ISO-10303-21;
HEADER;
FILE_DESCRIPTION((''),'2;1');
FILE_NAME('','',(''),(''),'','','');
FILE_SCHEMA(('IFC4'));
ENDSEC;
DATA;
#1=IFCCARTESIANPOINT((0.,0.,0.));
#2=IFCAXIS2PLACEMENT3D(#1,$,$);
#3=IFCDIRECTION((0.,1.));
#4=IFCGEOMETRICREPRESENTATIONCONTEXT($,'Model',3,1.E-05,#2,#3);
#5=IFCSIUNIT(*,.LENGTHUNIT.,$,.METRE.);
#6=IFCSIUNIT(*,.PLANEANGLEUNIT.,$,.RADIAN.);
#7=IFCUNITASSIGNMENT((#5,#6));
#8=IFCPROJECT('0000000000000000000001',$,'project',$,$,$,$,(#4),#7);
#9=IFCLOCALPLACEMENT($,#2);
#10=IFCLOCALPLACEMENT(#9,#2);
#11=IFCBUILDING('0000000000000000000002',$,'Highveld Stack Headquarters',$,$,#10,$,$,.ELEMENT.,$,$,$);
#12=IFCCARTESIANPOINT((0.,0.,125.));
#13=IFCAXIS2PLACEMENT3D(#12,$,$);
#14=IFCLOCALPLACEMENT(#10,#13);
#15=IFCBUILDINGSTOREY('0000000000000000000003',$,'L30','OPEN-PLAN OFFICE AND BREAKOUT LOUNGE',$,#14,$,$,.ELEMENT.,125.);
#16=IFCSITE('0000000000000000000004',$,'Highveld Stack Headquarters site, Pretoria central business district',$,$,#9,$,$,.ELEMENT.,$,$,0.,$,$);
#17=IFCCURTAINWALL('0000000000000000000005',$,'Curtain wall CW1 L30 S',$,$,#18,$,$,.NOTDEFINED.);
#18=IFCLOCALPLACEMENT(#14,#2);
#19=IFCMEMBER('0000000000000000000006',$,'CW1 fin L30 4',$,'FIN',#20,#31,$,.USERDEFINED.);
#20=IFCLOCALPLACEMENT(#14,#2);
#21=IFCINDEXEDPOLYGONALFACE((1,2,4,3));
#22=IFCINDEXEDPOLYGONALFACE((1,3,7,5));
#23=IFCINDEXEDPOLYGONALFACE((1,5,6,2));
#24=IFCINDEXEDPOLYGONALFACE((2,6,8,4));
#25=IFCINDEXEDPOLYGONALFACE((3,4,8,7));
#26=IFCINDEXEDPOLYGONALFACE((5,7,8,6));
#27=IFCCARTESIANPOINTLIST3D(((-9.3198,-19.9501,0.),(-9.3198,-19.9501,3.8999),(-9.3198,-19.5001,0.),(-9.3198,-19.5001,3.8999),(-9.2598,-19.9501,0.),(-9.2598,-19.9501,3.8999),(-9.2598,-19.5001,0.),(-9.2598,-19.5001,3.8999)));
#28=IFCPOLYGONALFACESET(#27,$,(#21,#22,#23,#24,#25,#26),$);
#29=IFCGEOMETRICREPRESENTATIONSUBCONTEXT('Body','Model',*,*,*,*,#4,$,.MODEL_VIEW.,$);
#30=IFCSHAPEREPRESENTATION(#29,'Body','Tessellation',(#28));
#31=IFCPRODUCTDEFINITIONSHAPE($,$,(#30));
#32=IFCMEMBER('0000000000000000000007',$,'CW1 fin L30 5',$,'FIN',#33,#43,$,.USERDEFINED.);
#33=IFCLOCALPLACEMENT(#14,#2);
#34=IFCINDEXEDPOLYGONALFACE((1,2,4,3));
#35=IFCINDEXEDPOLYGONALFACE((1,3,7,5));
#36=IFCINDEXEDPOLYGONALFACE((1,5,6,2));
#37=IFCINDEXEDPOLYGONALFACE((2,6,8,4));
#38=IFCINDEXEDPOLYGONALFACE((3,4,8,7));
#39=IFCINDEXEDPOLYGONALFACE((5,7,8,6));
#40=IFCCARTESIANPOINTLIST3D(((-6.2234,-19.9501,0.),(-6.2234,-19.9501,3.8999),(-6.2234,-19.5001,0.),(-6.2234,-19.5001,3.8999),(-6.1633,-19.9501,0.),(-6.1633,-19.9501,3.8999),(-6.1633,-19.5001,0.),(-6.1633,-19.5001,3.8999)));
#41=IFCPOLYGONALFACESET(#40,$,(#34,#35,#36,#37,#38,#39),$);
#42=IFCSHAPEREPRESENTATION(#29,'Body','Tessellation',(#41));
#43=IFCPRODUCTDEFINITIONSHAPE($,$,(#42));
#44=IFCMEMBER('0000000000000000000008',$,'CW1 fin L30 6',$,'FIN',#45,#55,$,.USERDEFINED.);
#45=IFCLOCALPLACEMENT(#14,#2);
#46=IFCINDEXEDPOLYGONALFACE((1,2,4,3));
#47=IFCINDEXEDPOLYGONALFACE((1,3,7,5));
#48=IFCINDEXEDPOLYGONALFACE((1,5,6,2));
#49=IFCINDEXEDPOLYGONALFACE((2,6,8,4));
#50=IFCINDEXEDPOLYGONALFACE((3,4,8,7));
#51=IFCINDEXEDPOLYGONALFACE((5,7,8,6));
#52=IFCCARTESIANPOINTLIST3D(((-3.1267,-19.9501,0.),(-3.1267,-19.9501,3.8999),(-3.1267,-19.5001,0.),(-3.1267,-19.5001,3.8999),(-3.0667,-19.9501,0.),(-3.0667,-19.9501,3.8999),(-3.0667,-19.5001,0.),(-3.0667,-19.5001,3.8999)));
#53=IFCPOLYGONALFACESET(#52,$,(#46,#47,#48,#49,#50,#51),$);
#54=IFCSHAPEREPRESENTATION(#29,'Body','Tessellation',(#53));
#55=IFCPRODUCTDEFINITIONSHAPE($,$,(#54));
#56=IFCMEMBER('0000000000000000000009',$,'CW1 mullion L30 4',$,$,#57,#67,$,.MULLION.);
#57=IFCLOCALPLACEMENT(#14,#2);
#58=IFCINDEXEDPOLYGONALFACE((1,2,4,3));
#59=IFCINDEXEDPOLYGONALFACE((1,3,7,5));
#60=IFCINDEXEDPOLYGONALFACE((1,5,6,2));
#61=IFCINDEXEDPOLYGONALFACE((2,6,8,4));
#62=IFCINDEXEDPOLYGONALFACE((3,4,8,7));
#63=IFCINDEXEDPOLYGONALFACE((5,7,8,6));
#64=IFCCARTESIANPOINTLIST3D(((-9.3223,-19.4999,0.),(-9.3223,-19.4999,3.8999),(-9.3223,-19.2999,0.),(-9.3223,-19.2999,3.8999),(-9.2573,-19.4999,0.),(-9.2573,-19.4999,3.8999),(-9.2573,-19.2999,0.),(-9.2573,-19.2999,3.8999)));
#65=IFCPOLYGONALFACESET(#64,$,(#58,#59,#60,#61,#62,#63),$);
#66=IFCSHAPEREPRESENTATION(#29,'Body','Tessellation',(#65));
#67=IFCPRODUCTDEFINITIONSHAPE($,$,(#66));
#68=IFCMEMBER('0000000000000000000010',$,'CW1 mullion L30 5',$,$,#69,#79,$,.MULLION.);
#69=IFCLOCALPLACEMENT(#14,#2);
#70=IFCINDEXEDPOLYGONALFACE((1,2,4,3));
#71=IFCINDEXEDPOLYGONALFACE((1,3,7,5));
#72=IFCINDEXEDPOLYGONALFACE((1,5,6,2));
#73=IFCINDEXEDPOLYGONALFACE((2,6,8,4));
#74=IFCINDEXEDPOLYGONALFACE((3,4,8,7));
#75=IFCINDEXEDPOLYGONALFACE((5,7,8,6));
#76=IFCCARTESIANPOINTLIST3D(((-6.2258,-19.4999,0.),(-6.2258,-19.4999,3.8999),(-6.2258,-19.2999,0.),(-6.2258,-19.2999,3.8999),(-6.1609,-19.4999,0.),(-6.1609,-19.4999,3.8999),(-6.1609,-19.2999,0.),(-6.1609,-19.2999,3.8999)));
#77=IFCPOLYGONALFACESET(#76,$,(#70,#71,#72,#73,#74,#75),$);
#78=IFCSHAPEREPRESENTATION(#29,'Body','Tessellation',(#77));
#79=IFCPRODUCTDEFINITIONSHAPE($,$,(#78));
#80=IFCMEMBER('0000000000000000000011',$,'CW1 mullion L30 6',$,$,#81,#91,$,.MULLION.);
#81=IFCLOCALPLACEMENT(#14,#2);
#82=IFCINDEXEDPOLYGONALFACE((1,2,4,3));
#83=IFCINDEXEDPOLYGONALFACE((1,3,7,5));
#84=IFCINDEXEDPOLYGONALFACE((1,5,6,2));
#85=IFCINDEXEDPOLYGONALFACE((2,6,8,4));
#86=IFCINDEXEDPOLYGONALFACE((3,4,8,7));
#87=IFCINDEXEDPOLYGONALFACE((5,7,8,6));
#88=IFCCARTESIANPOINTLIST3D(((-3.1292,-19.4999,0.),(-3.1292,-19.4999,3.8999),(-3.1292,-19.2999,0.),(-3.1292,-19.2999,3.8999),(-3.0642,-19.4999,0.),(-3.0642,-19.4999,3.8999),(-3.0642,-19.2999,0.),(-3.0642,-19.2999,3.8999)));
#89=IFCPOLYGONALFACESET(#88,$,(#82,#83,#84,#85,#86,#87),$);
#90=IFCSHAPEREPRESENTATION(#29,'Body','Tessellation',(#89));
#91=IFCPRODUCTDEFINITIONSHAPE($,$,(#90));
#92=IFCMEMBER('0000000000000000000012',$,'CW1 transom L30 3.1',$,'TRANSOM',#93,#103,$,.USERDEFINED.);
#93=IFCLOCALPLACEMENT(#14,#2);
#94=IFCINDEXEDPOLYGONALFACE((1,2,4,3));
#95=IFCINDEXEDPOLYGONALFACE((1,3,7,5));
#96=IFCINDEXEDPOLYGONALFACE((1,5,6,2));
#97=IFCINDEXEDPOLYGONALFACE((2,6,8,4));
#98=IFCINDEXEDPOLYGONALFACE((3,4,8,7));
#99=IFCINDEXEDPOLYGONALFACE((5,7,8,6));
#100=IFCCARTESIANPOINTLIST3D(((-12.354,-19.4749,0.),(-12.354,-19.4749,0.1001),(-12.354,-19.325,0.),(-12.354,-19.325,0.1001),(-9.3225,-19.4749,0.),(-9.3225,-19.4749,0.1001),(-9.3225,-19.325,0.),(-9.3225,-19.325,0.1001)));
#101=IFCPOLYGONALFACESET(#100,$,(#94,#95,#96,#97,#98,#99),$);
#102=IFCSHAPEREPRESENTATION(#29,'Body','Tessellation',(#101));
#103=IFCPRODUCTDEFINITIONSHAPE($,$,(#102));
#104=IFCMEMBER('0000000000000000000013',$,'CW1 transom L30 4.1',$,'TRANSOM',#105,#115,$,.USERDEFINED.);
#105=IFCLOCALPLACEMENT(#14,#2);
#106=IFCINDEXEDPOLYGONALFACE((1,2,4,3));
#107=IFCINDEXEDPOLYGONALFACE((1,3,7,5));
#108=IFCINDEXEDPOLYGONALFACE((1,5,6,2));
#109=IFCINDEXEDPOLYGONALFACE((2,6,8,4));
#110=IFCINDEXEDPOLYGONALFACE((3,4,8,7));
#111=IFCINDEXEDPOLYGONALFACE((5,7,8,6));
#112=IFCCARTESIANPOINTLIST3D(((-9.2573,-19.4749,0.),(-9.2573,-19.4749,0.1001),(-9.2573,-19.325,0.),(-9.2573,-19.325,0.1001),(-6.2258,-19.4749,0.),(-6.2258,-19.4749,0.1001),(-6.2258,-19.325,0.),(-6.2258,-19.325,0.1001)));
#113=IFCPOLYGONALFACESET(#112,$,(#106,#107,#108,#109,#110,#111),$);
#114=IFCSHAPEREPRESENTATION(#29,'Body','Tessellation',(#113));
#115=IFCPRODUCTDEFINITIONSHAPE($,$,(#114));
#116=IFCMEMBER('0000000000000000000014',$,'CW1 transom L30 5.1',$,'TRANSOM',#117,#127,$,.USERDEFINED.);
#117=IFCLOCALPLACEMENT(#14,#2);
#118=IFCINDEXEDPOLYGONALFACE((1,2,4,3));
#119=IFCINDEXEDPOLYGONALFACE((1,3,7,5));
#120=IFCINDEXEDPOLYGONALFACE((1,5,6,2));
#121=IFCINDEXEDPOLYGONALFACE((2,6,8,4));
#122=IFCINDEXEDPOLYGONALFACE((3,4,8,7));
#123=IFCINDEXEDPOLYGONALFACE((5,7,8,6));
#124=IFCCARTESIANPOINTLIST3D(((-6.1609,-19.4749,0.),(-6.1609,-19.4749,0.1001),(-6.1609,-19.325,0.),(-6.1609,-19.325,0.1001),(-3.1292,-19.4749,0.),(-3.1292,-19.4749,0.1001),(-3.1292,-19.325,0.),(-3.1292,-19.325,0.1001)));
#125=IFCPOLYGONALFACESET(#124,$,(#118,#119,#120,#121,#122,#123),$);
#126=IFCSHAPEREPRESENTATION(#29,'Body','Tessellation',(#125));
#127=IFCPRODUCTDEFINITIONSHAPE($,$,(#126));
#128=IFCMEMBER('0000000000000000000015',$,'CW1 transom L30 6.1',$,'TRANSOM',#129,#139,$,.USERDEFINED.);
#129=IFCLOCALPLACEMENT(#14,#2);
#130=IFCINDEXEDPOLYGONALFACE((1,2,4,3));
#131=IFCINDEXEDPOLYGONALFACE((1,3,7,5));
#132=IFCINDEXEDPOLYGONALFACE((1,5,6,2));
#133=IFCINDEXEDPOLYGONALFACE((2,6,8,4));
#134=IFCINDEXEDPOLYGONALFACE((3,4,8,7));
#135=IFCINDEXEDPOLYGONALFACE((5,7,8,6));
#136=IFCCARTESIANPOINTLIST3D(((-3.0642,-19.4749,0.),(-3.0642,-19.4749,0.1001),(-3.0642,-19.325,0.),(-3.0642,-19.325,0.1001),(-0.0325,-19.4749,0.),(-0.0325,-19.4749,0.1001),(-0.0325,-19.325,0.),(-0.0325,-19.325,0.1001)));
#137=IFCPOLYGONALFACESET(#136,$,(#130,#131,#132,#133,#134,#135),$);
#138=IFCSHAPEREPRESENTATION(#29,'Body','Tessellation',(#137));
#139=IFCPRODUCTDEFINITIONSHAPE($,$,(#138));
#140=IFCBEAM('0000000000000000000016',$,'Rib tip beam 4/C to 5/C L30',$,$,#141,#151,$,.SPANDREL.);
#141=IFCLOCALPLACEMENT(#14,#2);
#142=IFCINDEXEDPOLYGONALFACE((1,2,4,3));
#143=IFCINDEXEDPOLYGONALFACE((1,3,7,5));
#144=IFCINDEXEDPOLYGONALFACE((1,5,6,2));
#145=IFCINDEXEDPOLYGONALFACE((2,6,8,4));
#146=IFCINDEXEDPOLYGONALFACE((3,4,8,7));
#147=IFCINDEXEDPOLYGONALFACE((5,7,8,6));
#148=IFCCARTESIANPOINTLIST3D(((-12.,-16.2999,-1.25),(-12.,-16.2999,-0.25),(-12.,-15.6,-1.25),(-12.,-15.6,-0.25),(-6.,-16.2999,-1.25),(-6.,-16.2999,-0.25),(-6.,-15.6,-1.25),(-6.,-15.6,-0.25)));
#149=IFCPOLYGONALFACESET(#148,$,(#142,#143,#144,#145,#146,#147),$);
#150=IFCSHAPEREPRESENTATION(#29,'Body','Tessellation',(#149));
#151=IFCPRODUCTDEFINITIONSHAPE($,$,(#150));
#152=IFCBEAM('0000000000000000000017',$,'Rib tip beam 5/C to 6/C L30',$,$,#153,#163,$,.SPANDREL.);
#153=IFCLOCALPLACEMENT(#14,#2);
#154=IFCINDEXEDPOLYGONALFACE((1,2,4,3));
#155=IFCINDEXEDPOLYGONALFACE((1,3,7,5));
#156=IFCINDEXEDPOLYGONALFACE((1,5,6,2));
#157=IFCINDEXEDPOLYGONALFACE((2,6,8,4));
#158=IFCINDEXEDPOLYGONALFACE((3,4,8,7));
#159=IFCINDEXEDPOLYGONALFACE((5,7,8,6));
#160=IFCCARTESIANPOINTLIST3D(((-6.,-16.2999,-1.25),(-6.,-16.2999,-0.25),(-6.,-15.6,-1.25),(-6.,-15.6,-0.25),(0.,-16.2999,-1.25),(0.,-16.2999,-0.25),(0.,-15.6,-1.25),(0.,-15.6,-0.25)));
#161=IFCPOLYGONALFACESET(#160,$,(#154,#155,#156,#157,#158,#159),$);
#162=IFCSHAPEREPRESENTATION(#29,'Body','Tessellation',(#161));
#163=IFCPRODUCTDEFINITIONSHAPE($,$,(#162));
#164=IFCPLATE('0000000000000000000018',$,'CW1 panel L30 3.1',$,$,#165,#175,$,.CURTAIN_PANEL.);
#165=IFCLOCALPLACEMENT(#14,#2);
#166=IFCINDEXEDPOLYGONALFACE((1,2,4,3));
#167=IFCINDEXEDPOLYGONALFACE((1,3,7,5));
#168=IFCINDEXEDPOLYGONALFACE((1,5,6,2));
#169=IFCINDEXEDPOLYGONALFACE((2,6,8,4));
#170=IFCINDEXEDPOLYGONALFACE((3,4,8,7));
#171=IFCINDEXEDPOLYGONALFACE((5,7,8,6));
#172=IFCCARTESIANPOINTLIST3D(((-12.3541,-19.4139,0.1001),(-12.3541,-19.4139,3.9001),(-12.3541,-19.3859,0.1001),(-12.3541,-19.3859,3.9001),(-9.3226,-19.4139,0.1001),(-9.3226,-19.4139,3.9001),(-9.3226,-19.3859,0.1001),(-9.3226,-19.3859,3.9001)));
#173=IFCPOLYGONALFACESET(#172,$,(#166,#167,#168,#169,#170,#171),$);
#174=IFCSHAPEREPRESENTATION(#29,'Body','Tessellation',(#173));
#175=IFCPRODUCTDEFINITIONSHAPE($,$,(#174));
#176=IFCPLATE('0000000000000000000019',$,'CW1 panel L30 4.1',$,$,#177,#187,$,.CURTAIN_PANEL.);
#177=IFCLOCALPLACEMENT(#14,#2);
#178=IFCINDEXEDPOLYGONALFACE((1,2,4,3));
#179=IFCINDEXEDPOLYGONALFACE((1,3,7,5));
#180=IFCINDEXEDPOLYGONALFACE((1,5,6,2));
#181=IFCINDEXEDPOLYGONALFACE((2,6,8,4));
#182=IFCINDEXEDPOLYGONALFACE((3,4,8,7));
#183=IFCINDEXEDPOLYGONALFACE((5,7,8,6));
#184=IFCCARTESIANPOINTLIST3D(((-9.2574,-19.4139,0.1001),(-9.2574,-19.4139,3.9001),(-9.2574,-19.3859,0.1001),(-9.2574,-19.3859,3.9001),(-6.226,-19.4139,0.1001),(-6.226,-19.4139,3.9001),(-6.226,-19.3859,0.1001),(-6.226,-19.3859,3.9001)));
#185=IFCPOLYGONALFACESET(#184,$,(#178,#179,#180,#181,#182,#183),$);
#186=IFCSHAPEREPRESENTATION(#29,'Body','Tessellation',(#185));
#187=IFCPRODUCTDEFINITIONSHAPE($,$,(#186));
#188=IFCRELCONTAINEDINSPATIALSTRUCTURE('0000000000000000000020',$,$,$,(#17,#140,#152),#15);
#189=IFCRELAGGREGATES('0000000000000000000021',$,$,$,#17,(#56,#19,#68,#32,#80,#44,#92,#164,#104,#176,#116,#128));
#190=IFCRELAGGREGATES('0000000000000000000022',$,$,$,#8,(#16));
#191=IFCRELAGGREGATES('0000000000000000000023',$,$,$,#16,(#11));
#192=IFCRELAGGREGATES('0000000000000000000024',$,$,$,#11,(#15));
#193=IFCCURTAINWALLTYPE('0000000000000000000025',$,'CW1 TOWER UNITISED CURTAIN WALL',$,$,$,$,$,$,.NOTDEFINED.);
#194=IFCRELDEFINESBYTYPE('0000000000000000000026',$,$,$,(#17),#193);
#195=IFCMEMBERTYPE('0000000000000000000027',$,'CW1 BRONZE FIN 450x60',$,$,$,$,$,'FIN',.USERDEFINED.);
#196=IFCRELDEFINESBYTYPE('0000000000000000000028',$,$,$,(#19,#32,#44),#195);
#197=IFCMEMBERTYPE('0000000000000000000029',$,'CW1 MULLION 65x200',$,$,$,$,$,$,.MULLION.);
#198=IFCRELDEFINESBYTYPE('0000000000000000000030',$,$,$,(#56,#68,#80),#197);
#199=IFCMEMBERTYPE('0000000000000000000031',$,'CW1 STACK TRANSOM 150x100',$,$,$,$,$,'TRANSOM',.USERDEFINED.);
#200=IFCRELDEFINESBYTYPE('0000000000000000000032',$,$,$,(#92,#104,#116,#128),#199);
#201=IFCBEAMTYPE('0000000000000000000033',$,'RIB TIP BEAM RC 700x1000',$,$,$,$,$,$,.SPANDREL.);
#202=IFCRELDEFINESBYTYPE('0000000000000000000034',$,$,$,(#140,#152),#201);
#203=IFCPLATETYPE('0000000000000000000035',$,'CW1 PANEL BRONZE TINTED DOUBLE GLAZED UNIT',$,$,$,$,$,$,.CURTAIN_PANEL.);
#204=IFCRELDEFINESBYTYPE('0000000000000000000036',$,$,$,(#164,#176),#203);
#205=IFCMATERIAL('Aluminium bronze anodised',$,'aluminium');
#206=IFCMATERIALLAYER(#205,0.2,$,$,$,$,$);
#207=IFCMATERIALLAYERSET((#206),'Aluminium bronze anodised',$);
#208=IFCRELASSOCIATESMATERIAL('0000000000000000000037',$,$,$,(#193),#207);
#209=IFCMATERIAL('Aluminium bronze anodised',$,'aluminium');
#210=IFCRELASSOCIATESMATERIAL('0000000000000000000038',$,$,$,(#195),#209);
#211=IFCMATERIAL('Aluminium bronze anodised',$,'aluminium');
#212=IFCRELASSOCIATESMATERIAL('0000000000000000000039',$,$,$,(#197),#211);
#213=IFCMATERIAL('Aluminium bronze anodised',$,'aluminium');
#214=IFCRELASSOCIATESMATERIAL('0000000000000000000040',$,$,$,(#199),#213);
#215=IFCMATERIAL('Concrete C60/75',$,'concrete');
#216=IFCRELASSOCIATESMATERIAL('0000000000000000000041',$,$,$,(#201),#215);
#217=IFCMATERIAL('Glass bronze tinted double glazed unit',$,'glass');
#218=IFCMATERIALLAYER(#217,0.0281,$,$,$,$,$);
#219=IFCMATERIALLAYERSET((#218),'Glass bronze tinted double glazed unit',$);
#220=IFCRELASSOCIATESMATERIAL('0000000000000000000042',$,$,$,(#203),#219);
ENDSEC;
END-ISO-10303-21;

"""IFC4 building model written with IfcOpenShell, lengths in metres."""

from ifc_helpers import new_model, si_unit, direction, frame, origin, origin_2d, place, context, subcontext, project, spatial, rectangle, extrude, material, layer, layer_set, material_profile, profile_set, type_object, element, aggregate, save


model = new_model("IFC4")

# Units and contexts
model_context = context("Model", 3, precision=1e-05, world=origin(), true_north=direction((0.0, 1.0)))
body_context = subcontext(model_context, "Body", "Model", "MODEL_VIEW")
ifc_project = project(units=[si_unit("LENGTHUNIT", "METRE"), si_unit("PLANEANGLEUNIT", "RADIAN")], contexts=[model_context])

# Site, building, storey
site_placement = place(None, origin())
site = spatial("IfcSite", under=ifc_project, at=site_placement, Name="Highveld Stack Headquarters site, Pretoria central business district", CompositionType="ELEMENT", RefElevation=0.0)
building_placement = place(site_placement, origin())
building = spatial("IfcBuilding", under=site, at=building_placement, Name="Highveld Stack Headquarters", CompositionType="ELEMENT")
storey_placement = place(building_placement, frame((0.0, 0.0, 125.0)))
storey = spatial("IfcBuildingStorey", under=building, at=storey_placement, Name="L30", Description="OPEN-PLAN OFFICE AND BREAKOUT LOUNGE", CompositionType="ELEMENT", Elevation=125.0)

# Curtain wall, members
ifc_material_1 = material(Name="Aluminium bronze anodised", Category="aluminium")
ifc_layer_1 = layer(ifc_material_1, 0.2)
ifc_layer_set_1 = layer_set([ifc_layer_1], Name="Aluminium bronze anodised")
curtain_wall_type = type_object("IfcCurtainWallType", Name="CW1 TOWER UNITISED CURTAIN WALL", PredefinedType="NOTDEFINED", material=ifc_layer_set_1)
curtain_wall_placement = place(storey_placement, origin())
curtain_wall = element("IfcCurtainWall", 1, at=curtain_wall_placement, inside=storey, type_object=curtain_wall_type, Name="Curtain wall CW1 L30 S", PredefinedType="NOTDEFINED")
ifc_material_2 = material(Name="Aluminium bronze anodised", Category="aluminium")
ifc_material_profile_1 = material_profile(ifc_material_2, rectangle(XDim=0.45, YDim=0.0601, at=origin_2d()), Name="FIN 450x60")
ifc_profile_set_1 = profile_set([ifc_material_profile_1], Name="Aluminium bronze anodised")
member_type_1 = type_object("IfcMemberType", Name="CW1 BRONZE FIN 450x60", ElementType="FIN", PredefinedType="USERDEFINED", material=ifc_profile_set_1)
member_1_placement = place(storey_placement, frame((-9.2898, -19.7251, 0.0), z_axis=(0.0, 0.0, 1.0), x_axis=(0.0, 1.0, 0.0)))
member_1 = element("IfcMember", 2, at=member_1_placement, type_object=member_type_1, Name="CW1 fin L30 4", ObjectType="FIN", PredefinedType="USERDEFINED", context=body_context, shape_type="SweptSolid", body=[
    extrude(rectangle(XDim=0.45, YDim=0.0601, at=origin_2d()), origin(), (0.0, 0.0, 1.0), 3.8999),
])
member_2_placement = place(storey_placement, frame((-6.1934, -19.7251, 0.0), z_axis=(0.0, 0.0, 1.0), x_axis=(0.0, 1.0, 0.0)))
member_2 = element("IfcMember", 3, at=member_2_placement, type_object=member_type_1, Name="CW1 fin L30 5", ObjectType="FIN", PredefinedType="USERDEFINED", context=body_context, shape_type="SweptSolid", body=[
    extrude(rectangle(XDim=0.45, YDim=0.0601, at=origin_2d()), origin(), (0.0, 0.0, 1.0), 3.8999),
])
member_3_placement = place(storey_placement, frame((-3.0967, -19.7251, 0.0), z_axis=(0.0, 0.0, 1.0), x_axis=(0.0, 1.0, 0.0)))
member_3 = element("IfcMember", 4, at=member_3_placement, type_object=member_type_1, Name="CW1 fin L30 6", ObjectType="FIN", PredefinedType="USERDEFINED", context=body_context, shape_type="SweptSolid", body=[
    extrude(rectangle(XDim=0.45, YDim=0.0601, at=origin_2d()), origin(), (0.0, 0.0, 1.0), 3.8999),
])
ifc_material_3 = material(Name="Aluminium bronze anodised", Category="aluminium")
ifc_material_profile_2 = material_profile(ifc_material_3, rectangle(XDim=0.2, YDim=0.0649, at=origin_2d()), Name="CW1 MULLION 65x200")
ifc_profile_set_2 = profile_set([ifc_material_profile_2], Name="Aluminium bronze anodised")
member_type_2 = type_object("IfcMemberType", Name="CW1 MULLION 65x200", PredefinedType="MULLION", material=ifc_profile_set_2)
member_4_placement = place(storey_placement, frame((-9.2898, -19.3999, 0.0), z_axis=(0.0, 0.0, 1.0), x_axis=(0.0, 1.0, 0.0)))
member_4 = element("IfcMember", 5, at=member_4_placement, type_object=member_type_2, Name="CW1 mullion L30 4", PredefinedType="MULLION", context=body_context, shape_type="SweptSolid", body=[
    extrude(rectangle(XDim=0.2, YDim=0.0649, at=origin_2d()), origin(), (0.0, 0.0, 1.0), 3.8999),
])
member_5_placement = place(storey_placement, frame((-6.1934, -19.3999, 0.0), z_axis=(0.0, 0.0, 1.0), x_axis=(0.0, 1.0, 0.0)))
member_5 = element("IfcMember", 6, at=member_5_placement, type_object=member_type_2, Name="CW1 mullion L30 5", PredefinedType="MULLION", context=body_context, shape_type="SweptSolid", body=[
    extrude(rectangle(XDim=0.2, YDim=0.0649, at=origin_2d()), origin(), (0.0, 0.0, 1.0), 3.8999),
])
member_6_placement = place(storey_placement, frame((-3.0967, -19.3999, 0.0), z_axis=(0.0, 0.0, 1.0), x_axis=(0.0, 1.0, 0.0)))
member_6 = element("IfcMember", 7, at=member_6_placement, type_object=member_type_2, Name="CW1 mullion L30 6", PredefinedType="MULLION", context=body_context, shape_type="SweptSolid", body=[
    extrude(rectangle(XDim=0.2, YDim=0.0649, at=origin_2d()), origin(), (0.0, 0.0, 1.0), 3.8999),
])
ifc_material_4 = material(Name="Aluminium bronze anodised", Category="aluminium")
ifc_material_profile_3 = material_profile(ifc_material_4, rectangle(XDim=0.1499, YDim=0.1001, at=origin_2d()), Name="CW1 TRANSOM 150x100")
ifc_profile_set_3 = profile_set([ifc_material_profile_3], Name="Aluminium bronze anodised")
member_type_3 = type_object("IfcMemberType", Name="CW1 STACK TRANSOM 150x100", ElementType="TRANSOM", PredefinedType="USERDEFINED", material=ifc_profile_set_3)
member_7_placement = place(storey_placement, frame((-12.354, -19.3999, 0.05), z_axis=(1.0, 0.0, 0.0), x_axis=(0.0, 1.0, 0.0)))
member_7 = element("IfcMember", 8, at=member_7_placement, type_object=member_type_3, Name="CW1 transom L30 3.1", ObjectType="TRANSOM", PredefinedType="USERDEFINED", context=body_context, shape_type="SweptSolid", body=[
    extrude(rectangle(XDim=0.1499, YDim=0.1001, at=origin_2d()), origin(), (0.0, 0.0, 1.0), 3.0315),
])
member_8_placement = place(storey_placement, frame((-9.2573, -19.3999, 0.05), z_axis=(1.0, 0.0, 0.0), x_axis=(0.0, 1.0, 0.0)))
member_8 = element("IfcMember", 9, at=member_8_placement, type_object=member_type_3, Name="CW1 transom L30 4.1", ObjectType="TRANSOM", PredefinedType="USERDEFINED", context=body_context, shape_type="SweptSolid", body=[
    extrude(rectangle(XDim=0.1499, YDim=0.1001, at=origin_2d()), origin(), (0.0, 0.0, 1.0), 3.0315),
])
member_9_placement = place(storey_placement, frame((-6.1609, -19.3999, 0.05), z_axis=(1.0, 0.0, 0.0), x_axis=(0.0, 1.0, 0.0)))
member_9 = element("IfcMember", 10, at=member_9_placement, type_object=member_type_3, Name="CW1 transom L30 5.1", ObjectType="TRANSOM", PredefinedType="USERDEFINED", context=body_context, shape_type="SweptSolid", body=[
    extrude(rectangle(XDim=0.1499, YDim=0.1001, at=origin_2d()), origin(), (0.0, 0.0, 1.0), 3.0317),
])
member_10_placement = place(storey_placement, frame((-3.0642, -19.3999, 0.05), z_axis=(1.0, 0.0, 0.0), x_axis=(0.0, 1.0, 0.0)))
member_10 = element("IfcMember", 11, at=member_10_placement, type_object=member_type_3, Name="CW1 transom L30 6.1", ObjectType="TRANSOM", PredefinedType="USERDEFINED", context=body_context, shape_type="SweptSolid", body=[
    extrude(rectangle(XDim=0.1499, YDim=0.1001, at=origin_2d()), origin(), (0.0, 0.0, 1.0), 3.0317),
])

# Beams
ifc_material_5 = material(Name="Concrete C60/75", Category="concrete")
ifc_material_profile_4 = material_profile(ifc_material_5, rectangle(XDim=0.7, YDim=1.0, at=origin_2d()), Name="RC 700x1000")
ifc_profile_set_4 = profile_set([ifc_material_profile_4], Name="Concrete C60/75")
beam_type = type_object("IfcBeamType", Name="RIB TIP BEAM RC 700x1000", PredefinedType="SPANDREL", material=ifc_profile_set_4)
for number, where, z_axis, x_axis, name in (
    (12, (-12.0, -15.95, -0.75), (1.0, 0.0, 0.0), (0.0, 1.0, 0.0), "Rib tip beam 4/C to 5/C L30"),
    (13, (-6.0, -15.95, -0.75), (1.0, 0.0, 0.0), (0.0, 1.0, 0.0), "Rib tip beam 5/C to 6/C L30"),
):
    element("IfcBeam", number, at=place(storey_placement, frame(where, z_axis=z_axis, x_axis=x_axis)), inside=storey, type_object=beam_type, Name=name, PredefinedType="SPANDREL", context=body_context, shape_type="SweptSolid", body=[
        extrude(rectangle(XDim=0.7, YDim=1.0, at=origin_2d()), origin(), (0.0, 0.0, 1.0), 6.0),
    ])

# Plates
ifc_material_6 = material(Name="Glass bronze tinted double glazed unit", Category="glass")
ifc_layer_2 = layer(ifc_material_6, 0.0281)
ifc_layer_set_2 = layer_set([ifc_layer_2], Name="Glass bronze tinted double glazed unit")
plate_type = type_object("IfcPlateType", Name="CW1 PANEL BRONZE TINTED DOUBLE GLAZED UNIT", PredefinedType="CURTAIN_PANEL", material=ifc_layer_set_2)
plate_1_placement = place(storey_placement, frame((-10.8384, -19.3999, 0.1001), z_axis=(0.0, 0.0, 1.0), x_axis=(1.0, 0.0, 0.0)))
plate_1 = element("IfcPlate", 14, at=plate_1_placement, type_object=plate_type, Name="CW1 panel L30 3.1", PredefinedType="CURTAIN_PANEL", context=body_context, shape_type="SweptSolid", body=[
    extrude(rectangle(XDim=3.0315, YDim=0.0281, at=origin_2d()), origin(), (0.0, 0.0, 1.0), 3.8),
])
plate_2_placement = place(storey_placement, frame((-7.7417, -19.3999, 0.1001), z_axis=(0.0, 0.0, 1.0), x_axis=(1.0, 0.0, 0.0)))
plate_2 = element("IfcPlate", 15, at=plate_2_placement, type_object=plate_type, Name="CW1 panel L30 4.1", PredefinedType="CURTAIN_PANEL", context=body_context, shape_type="SweptSolid", body=[
    extrude(rectangle(XDim=3.0315, YDim=0.0281, at=origin_2d()), origin(), (0.0, 0.0, 1.0), 3.8),
])
aggregate(curtain_wall, [member_4, member_1, member_5, member_2, member_6, member_3, member_7, plate_1, member_8, plate_2, member_9, member_10])

save(model, "model.ifc")
